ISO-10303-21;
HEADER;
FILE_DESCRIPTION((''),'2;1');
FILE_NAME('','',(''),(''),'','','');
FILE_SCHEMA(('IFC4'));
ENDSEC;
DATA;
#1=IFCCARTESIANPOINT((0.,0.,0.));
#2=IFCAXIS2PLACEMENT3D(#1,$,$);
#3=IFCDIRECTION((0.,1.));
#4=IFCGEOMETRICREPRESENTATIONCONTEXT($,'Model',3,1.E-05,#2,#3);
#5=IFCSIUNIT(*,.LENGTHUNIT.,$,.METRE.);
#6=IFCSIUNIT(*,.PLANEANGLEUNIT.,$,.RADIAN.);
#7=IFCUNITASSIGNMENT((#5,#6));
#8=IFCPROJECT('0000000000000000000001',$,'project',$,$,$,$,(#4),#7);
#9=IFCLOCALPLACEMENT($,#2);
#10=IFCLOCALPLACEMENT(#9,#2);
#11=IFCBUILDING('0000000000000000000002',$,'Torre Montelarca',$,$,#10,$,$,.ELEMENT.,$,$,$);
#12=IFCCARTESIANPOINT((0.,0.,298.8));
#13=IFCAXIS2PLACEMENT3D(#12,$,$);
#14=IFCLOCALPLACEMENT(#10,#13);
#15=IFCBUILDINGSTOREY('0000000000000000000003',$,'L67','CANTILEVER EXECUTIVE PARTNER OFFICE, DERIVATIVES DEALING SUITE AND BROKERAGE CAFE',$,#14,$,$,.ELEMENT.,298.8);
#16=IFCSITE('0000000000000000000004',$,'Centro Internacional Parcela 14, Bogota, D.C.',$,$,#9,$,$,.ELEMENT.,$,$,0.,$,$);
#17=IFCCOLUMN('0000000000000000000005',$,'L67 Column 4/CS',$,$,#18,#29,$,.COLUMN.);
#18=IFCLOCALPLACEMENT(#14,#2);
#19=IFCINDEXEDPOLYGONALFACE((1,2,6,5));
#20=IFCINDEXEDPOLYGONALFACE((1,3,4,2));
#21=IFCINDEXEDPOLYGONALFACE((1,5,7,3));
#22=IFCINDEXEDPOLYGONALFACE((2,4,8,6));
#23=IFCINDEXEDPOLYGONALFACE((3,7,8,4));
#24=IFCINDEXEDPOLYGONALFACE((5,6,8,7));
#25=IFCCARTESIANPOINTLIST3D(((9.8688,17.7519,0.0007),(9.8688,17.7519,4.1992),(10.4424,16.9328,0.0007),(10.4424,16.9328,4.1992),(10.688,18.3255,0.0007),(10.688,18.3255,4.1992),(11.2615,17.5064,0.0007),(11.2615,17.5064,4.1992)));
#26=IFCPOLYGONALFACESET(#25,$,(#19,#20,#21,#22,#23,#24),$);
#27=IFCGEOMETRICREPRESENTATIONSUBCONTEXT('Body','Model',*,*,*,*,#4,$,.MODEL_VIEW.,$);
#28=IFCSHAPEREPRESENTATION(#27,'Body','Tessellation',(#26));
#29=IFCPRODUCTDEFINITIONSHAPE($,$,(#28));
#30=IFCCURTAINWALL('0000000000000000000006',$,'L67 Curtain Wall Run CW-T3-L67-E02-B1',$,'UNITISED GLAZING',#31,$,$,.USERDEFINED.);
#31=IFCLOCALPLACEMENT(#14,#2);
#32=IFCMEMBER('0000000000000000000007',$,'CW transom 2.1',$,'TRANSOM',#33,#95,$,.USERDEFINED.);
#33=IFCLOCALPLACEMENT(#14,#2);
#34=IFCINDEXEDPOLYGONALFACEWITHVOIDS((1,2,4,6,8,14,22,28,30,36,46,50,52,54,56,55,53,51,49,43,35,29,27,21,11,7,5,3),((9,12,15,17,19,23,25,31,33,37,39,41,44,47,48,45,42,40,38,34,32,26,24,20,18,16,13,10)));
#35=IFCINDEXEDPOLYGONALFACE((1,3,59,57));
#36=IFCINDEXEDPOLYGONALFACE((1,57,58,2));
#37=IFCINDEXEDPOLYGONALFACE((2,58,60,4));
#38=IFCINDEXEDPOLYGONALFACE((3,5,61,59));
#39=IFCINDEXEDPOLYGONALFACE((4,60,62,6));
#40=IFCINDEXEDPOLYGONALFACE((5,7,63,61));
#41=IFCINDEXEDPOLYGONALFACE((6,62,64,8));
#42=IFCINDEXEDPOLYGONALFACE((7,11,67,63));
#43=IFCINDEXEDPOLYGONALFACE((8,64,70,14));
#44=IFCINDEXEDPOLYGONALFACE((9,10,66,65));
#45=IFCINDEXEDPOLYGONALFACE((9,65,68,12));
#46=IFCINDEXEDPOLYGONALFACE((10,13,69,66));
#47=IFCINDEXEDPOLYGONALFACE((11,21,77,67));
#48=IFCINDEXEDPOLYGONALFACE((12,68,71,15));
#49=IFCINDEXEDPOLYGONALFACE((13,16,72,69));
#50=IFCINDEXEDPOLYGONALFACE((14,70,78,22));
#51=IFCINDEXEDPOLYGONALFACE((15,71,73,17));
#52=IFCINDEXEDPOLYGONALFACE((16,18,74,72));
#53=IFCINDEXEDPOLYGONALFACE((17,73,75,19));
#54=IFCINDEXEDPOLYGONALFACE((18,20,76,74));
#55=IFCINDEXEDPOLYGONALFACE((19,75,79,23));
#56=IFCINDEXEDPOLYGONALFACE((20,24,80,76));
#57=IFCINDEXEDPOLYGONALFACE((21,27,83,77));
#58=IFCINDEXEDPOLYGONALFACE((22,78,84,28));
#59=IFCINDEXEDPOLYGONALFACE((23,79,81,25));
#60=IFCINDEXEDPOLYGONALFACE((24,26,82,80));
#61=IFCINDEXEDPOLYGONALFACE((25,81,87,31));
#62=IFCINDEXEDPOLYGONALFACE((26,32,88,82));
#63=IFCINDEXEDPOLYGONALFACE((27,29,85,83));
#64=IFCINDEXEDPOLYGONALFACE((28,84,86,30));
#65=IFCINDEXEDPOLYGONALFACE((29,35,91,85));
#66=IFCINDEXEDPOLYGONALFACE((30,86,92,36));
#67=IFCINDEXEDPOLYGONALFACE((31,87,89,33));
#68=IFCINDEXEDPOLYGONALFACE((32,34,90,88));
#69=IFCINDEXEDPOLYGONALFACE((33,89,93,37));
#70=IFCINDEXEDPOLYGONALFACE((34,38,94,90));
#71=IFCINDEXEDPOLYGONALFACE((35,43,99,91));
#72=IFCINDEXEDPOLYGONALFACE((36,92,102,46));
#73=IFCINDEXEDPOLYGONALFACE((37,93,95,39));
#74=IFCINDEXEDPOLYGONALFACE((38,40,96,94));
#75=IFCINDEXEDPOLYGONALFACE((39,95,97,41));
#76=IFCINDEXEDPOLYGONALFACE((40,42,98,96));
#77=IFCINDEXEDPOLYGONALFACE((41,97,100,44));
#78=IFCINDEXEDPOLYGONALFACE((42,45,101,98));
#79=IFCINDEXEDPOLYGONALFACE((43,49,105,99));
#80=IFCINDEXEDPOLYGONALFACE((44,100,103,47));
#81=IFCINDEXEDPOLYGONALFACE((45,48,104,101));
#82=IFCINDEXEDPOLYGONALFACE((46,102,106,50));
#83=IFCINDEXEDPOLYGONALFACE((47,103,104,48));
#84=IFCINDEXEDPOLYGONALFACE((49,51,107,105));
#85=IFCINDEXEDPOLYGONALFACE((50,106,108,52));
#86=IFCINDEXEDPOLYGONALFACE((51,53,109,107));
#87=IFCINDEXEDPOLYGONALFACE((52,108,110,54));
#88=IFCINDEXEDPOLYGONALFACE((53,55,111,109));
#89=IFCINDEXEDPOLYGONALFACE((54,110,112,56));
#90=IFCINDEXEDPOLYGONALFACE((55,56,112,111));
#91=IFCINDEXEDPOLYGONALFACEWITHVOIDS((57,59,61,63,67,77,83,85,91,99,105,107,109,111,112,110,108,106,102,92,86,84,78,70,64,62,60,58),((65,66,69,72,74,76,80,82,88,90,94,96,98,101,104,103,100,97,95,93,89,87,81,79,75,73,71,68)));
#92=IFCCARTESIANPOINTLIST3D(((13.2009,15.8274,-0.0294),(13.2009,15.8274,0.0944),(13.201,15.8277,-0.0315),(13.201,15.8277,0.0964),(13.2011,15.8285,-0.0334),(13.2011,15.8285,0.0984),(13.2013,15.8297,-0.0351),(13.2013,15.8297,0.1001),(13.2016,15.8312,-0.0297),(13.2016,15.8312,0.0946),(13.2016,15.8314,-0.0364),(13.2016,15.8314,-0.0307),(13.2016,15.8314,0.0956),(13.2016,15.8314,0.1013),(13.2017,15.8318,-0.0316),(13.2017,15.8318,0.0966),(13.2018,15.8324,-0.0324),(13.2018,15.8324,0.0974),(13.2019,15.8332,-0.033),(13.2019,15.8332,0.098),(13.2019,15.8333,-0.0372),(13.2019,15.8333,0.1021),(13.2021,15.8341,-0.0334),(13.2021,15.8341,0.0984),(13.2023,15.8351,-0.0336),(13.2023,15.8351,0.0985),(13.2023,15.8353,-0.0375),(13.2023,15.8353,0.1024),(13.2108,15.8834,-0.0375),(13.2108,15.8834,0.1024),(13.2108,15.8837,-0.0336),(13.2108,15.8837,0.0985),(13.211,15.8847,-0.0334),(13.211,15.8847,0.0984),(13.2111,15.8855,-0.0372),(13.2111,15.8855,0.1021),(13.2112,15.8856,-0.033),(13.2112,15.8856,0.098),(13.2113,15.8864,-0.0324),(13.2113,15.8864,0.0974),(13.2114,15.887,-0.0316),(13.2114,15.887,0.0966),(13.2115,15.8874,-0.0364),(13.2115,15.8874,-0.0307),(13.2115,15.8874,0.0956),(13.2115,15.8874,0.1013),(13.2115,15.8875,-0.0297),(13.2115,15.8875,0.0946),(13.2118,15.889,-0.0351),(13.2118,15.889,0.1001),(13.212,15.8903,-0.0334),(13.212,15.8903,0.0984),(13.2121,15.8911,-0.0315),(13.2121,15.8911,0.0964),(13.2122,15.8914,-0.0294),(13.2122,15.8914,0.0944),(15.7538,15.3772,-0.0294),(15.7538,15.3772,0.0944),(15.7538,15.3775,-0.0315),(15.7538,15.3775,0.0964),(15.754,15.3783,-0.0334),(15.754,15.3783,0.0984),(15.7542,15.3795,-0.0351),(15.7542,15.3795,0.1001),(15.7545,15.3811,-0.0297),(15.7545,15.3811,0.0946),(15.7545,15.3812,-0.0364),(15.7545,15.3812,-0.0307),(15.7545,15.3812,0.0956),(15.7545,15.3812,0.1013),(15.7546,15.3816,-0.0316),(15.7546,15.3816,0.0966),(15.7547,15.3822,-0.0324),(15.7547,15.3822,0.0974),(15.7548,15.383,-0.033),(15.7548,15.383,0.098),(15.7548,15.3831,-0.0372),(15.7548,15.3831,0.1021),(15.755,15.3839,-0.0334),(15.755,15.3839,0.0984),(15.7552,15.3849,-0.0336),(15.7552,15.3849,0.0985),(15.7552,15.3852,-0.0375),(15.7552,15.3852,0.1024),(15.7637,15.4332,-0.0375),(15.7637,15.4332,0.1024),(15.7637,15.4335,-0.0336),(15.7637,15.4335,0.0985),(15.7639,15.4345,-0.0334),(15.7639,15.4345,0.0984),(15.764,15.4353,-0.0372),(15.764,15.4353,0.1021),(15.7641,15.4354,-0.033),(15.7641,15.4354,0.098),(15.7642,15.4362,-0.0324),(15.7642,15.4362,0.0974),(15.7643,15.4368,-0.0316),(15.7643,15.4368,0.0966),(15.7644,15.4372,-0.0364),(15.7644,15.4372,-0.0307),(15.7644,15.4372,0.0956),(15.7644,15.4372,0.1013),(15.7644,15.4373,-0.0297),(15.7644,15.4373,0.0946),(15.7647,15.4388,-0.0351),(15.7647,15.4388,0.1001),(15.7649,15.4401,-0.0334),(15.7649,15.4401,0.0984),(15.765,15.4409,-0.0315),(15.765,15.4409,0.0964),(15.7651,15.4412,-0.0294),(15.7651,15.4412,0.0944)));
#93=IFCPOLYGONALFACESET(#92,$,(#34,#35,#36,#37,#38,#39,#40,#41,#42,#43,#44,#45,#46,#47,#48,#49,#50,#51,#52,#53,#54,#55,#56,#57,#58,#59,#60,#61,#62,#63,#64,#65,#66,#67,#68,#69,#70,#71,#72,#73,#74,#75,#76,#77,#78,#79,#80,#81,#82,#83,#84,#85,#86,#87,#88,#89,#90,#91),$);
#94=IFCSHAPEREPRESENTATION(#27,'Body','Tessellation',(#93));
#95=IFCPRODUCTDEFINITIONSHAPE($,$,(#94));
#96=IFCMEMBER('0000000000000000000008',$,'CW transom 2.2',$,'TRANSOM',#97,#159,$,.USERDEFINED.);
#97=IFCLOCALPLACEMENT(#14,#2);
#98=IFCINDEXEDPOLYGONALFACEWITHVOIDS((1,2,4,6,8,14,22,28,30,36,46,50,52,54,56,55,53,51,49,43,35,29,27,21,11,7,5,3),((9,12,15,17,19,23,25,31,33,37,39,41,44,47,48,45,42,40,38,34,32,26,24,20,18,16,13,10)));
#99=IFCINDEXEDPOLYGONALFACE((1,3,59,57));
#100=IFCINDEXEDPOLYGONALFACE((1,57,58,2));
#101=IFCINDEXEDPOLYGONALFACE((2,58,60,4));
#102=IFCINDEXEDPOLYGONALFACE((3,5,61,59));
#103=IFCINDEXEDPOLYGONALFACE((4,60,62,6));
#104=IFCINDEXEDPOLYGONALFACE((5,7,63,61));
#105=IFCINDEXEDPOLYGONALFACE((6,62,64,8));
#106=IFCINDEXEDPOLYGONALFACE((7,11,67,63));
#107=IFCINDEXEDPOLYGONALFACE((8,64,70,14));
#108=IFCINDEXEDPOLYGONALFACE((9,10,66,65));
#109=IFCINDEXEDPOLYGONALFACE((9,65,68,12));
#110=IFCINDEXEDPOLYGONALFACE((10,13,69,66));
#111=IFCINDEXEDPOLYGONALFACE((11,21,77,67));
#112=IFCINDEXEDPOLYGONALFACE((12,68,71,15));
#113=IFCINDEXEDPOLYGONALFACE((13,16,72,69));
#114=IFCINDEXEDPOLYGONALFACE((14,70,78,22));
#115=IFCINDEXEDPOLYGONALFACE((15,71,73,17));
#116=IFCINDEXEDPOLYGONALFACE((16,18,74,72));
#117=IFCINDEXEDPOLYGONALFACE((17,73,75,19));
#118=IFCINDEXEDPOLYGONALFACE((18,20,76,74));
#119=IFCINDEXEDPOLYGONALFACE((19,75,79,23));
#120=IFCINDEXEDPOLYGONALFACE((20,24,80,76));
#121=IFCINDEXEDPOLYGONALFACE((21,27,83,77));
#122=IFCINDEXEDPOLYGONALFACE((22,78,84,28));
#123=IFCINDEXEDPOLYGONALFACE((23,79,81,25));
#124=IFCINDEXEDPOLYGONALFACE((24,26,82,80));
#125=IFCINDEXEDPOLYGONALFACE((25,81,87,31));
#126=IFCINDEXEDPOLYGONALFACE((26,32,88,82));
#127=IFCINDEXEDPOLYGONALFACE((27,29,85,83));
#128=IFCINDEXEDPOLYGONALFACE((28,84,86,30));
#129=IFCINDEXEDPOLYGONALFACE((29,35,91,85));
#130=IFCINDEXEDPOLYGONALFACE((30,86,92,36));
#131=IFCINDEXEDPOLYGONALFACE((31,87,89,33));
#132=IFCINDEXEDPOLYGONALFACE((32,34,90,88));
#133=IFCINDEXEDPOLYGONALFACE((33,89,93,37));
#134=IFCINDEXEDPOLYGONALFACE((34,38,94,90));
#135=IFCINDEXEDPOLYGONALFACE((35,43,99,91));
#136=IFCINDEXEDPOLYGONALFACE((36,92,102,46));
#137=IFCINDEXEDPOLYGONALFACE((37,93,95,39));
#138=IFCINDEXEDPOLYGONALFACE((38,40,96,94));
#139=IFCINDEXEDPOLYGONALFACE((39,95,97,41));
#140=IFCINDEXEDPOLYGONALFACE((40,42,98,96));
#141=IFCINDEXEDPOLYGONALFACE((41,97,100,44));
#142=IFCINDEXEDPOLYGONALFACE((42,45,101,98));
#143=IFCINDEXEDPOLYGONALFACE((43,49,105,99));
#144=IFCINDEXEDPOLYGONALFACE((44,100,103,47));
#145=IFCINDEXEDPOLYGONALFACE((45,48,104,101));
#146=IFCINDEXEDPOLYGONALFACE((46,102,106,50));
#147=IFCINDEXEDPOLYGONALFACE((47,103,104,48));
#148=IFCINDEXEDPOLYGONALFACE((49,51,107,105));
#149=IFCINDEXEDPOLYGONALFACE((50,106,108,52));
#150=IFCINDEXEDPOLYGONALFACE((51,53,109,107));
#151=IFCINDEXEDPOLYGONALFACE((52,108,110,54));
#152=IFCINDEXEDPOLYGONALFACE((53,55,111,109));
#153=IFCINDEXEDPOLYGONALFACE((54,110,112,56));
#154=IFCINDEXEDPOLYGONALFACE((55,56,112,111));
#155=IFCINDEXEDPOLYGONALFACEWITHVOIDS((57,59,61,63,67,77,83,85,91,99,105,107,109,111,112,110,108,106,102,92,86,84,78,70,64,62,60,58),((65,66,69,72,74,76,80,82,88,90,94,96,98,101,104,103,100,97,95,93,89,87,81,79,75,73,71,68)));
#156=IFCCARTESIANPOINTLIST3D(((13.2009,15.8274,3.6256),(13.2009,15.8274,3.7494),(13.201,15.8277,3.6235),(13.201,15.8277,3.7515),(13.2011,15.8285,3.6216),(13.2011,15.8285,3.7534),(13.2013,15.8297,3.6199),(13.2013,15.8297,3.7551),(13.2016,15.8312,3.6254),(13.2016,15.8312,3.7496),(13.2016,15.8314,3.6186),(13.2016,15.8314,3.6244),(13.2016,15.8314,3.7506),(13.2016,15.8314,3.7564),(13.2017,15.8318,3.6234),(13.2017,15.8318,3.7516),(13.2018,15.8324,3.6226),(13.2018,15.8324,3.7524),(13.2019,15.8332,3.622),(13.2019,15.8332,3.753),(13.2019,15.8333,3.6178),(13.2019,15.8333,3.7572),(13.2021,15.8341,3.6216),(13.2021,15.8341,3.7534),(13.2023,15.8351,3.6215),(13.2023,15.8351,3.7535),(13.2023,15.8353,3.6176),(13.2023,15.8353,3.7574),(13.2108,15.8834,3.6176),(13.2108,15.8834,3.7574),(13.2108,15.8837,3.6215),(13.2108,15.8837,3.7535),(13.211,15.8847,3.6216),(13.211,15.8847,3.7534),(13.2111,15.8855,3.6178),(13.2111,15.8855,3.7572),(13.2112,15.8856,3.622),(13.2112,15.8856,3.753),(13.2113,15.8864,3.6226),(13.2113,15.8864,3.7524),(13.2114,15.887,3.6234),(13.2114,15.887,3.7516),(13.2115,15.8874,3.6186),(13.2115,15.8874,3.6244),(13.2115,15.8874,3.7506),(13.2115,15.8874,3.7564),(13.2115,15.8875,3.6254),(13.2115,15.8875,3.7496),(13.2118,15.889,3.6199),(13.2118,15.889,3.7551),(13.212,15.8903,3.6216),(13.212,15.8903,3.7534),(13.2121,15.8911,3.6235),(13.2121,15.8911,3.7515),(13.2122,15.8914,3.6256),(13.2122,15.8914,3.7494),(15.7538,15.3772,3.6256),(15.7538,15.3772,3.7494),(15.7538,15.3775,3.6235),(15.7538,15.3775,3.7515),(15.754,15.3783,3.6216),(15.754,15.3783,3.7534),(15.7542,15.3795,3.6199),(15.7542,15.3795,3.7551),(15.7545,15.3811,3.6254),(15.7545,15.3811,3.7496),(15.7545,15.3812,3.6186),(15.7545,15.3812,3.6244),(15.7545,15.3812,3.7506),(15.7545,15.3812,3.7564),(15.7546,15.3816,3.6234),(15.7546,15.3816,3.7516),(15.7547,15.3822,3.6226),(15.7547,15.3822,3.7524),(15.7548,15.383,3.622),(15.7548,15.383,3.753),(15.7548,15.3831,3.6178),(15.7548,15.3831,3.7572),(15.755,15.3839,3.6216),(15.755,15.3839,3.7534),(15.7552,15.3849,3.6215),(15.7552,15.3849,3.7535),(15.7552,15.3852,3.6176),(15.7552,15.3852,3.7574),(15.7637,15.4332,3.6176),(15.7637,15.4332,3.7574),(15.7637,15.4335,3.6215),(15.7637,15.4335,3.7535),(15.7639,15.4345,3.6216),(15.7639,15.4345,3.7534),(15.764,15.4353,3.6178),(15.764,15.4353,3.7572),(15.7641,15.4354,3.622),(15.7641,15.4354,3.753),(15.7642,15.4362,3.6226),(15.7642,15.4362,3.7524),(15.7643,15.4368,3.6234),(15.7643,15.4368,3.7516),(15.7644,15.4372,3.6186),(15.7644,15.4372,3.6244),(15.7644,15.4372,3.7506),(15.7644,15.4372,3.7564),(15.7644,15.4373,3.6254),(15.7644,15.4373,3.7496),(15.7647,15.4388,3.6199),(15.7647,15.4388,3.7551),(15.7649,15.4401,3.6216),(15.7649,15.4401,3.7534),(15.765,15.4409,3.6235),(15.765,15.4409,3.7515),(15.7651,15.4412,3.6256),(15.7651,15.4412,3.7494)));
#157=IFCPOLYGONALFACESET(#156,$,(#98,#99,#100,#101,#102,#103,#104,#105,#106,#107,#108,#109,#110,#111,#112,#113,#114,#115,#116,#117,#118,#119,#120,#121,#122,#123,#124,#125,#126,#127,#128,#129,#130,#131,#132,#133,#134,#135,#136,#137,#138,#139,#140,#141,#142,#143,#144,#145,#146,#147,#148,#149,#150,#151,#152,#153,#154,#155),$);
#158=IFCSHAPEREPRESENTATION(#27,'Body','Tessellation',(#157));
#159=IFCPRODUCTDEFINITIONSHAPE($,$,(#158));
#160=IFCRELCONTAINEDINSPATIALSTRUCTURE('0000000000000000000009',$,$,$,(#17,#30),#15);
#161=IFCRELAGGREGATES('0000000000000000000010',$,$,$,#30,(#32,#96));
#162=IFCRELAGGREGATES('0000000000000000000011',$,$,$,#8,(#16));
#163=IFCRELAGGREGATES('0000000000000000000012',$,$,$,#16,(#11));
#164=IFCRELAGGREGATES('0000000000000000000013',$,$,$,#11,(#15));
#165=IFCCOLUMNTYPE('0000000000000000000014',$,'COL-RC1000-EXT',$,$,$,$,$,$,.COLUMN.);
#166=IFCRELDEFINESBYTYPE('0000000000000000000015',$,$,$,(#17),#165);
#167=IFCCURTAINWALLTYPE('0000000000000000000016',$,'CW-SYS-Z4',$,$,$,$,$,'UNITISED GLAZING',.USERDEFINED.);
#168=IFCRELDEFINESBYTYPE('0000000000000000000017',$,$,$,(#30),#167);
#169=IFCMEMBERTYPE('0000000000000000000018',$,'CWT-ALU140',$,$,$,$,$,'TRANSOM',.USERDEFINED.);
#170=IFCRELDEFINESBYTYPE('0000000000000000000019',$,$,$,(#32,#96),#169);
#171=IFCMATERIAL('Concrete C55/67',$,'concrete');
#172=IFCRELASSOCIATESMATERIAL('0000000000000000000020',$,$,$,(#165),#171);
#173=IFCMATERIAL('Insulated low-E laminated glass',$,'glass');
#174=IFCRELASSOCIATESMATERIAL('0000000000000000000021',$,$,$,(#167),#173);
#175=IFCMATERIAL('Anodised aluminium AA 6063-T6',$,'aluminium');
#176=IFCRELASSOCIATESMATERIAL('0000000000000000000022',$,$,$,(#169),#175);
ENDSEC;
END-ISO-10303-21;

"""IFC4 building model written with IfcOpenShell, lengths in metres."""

from ifc_helpers import new_model, si_unit, direction, frame, origin, origin_2d, place, context, subcontext, project, spatial, rectangle, hollow_rectangle, extrude, source, transform, mapped, material, material_profile, profile_set, type_object, element, aggregate, save


model = new_model("IFC4")

# Units and contexts
model_context = context("Model", 3, precision=1e-05, world=origin(), true_north=direction((0.0, 1.0)))
body_context = subcontext(model_context, "Body", "Model", "MODEL_VIEW")
ifc_project = project(units=[si_unit("LENGTHUNIT", "METRE"), si_unit("PLANEANGLEUNIT", "RADIAN")], contexts=[model_context])

# Site, building, storey
site_placement = place(None, origin())
site = spatial("IfcSite", under=ifc_project, at=site_placement, Name="Centro Internacional Parcela 14, Bogota, D.C.", CompositionType="ELEMENT", RefElevation=0.0)
building_placement = place(site_placement, origin())
building = spatial("IfcBuilding", under=site, at=building_placement, Name="Torre Montelarca", CompositionType="ELEMENT")
storey_placement = place(building_placement, frame((0.0, 0.0, 298.8)))
storey = spatial("IfcBuildingStorey", under=building, at=storey_placement, Name="L67", Description="CANTILEVER EXECUTIVE PARTNER OFFICE, DERIVATIVES DEALING SUITE AND BROKERAGE CAFE", CompositionType="ELEMENT", Elevation=298.8)

# Column
ifc_material_1 = material(Name="Concrete C55/67", Category="concrete")
ifc_material_profile_1 = material_profile(ifc_material_1, rectangle(XDim=1.0, YDim=1.0, at=origin_2d()), Name="RC1000X1000", Category="concrete")
ifc_profile_set_1 = profile_set([ifc_material_profile_1], Name="Concrete C55/67")
column_type = type_object("IfcColumnType", Name="COL-RC1000-EXT", PredefinedType="COLUMN", material=ifc_profile_set_1)
shared_shape_1 = source(origin(), body_context, "Body", "SweptSolid", [
    extrude(rectangle(XDim=1.0, YDim=1.0, at=origin_2d()), origin(), (0.0, 0.0, 1.0), 4.1985),
])
column_placement = place(storey_placement, frame((10.5652, 17.6292, 0.0007), z_axis=(0.0, 0.0, 1.0), x_axis=(-0.573576, 0.819152, 0.0)))
element("IfcColumn", 1, at=column_placement, inside=storey, type_object=column_type, Name="L67 Column 4/CS", PredefinedType="COLUMN", context=body_context, shape_type="MappedRepresentation", body=[
    mapped(shared_shape_1, transform((0.0, 0.0, 0.0), scale=1.0)),
])

# Curtain wall, members
ifc_material_2 = material(Name="Insulated low-E laminated glass", Category="glass")
curtain_wall_type = type_object("IfcCurtainWallType", Name="CW-SYS-Z4", ElementType="UNITISED GLAZING", PredefinedType="USERDEFINED", material=ifc_material_2)
curtain_wall_1_placement = place(storey_placement, origin())
curtain_wall_1 = element("IfcCurtainWall", 2, at=curtain_wall_1_placement, inside=storey, type_object=curtain_wall_type, Name="L67 Curtain Wall Run CW-T3-L67-E02-B1", ObjectType="UNITISED GLAZING", PredefinedType="USERDEFINED")
ifc_material_3 = material(Name="Anodised aluminium AA 6063-T6", Category="aluminium")
ifc_material_profile_2 = material_profile(ifc_material_3, hollow_rectangle(XDim=0.0649, YDim=0.1399, WallThickness=0.0039, InnerFilletRadius=0.0039, OuterFilletRadius=0.0081, at=origin_2d()), Name="ALU65X140X4", Category="aluminium")
ifc_profile_set_2 = profile_set([ifc_material_profile_2], Name="Anodised aluminium AA 6063-T6")
member_type_1 = type_object("IfcMemberType", Name="CWT-ALU140", ElementType="TRANSOM", PredefinedType="USERDEFINED", material=ifc_profile_set_2)
shared_shape_2 = source(origin(), body_context, "Body", "SweptSolid", [
    extrude(hollow_rectangle(XDim=0.0649, YDim=0.1399, WallThickness=0.0039, InnerFilletRadius=0.0039, OuterFilletRadius=0.0081, at=origin_2d()), origin(), (0.0, 0.0, 1.0), 2.5923),
])
member_1_placement = place(storey_placement, frame((13.2065, 15.8594, 0.0325), z_axis=(0.984805, -0.173662, 0.0), x_axis=(0.173662, 0.984805, 0.0)))
member_1 = element("IfcMember", 3, at=member_1_placement, type_object=member_type_1, Name="CW transom 2.1", ObjectType="TRANSOM", PredefinedType="USERDEFINED", context=body_context, shape_type="MappedRepresentation", body=[
    mapped(shared_shape_2, transform((0.0, 0.0, 0.0), scale=1.0)),
])
member_2_placement = place(storey_placement, frame((13.2065, 15.8594, 3.6875), z_axis=(0.984805, -0.173662, 0.0), x_axis=(0.173662, 0.984805, 0.0)))
member_2 = element("IfcMember", 4, at=member_2_placement, type_object=member_type_1, Name="CW transom 2.2", ObjectType="TRANSOM", PredefinedType="USERDEFINED", context=body_context, shape_type="MappedRepresentation", body=[
    mapped(shared_shape_2, transform((0.0, 0.0, 0.0), scale=1.0)),
])

aggregate(curtain_wall_1, [member_1, member_2])

save(model, "model.ifc")
